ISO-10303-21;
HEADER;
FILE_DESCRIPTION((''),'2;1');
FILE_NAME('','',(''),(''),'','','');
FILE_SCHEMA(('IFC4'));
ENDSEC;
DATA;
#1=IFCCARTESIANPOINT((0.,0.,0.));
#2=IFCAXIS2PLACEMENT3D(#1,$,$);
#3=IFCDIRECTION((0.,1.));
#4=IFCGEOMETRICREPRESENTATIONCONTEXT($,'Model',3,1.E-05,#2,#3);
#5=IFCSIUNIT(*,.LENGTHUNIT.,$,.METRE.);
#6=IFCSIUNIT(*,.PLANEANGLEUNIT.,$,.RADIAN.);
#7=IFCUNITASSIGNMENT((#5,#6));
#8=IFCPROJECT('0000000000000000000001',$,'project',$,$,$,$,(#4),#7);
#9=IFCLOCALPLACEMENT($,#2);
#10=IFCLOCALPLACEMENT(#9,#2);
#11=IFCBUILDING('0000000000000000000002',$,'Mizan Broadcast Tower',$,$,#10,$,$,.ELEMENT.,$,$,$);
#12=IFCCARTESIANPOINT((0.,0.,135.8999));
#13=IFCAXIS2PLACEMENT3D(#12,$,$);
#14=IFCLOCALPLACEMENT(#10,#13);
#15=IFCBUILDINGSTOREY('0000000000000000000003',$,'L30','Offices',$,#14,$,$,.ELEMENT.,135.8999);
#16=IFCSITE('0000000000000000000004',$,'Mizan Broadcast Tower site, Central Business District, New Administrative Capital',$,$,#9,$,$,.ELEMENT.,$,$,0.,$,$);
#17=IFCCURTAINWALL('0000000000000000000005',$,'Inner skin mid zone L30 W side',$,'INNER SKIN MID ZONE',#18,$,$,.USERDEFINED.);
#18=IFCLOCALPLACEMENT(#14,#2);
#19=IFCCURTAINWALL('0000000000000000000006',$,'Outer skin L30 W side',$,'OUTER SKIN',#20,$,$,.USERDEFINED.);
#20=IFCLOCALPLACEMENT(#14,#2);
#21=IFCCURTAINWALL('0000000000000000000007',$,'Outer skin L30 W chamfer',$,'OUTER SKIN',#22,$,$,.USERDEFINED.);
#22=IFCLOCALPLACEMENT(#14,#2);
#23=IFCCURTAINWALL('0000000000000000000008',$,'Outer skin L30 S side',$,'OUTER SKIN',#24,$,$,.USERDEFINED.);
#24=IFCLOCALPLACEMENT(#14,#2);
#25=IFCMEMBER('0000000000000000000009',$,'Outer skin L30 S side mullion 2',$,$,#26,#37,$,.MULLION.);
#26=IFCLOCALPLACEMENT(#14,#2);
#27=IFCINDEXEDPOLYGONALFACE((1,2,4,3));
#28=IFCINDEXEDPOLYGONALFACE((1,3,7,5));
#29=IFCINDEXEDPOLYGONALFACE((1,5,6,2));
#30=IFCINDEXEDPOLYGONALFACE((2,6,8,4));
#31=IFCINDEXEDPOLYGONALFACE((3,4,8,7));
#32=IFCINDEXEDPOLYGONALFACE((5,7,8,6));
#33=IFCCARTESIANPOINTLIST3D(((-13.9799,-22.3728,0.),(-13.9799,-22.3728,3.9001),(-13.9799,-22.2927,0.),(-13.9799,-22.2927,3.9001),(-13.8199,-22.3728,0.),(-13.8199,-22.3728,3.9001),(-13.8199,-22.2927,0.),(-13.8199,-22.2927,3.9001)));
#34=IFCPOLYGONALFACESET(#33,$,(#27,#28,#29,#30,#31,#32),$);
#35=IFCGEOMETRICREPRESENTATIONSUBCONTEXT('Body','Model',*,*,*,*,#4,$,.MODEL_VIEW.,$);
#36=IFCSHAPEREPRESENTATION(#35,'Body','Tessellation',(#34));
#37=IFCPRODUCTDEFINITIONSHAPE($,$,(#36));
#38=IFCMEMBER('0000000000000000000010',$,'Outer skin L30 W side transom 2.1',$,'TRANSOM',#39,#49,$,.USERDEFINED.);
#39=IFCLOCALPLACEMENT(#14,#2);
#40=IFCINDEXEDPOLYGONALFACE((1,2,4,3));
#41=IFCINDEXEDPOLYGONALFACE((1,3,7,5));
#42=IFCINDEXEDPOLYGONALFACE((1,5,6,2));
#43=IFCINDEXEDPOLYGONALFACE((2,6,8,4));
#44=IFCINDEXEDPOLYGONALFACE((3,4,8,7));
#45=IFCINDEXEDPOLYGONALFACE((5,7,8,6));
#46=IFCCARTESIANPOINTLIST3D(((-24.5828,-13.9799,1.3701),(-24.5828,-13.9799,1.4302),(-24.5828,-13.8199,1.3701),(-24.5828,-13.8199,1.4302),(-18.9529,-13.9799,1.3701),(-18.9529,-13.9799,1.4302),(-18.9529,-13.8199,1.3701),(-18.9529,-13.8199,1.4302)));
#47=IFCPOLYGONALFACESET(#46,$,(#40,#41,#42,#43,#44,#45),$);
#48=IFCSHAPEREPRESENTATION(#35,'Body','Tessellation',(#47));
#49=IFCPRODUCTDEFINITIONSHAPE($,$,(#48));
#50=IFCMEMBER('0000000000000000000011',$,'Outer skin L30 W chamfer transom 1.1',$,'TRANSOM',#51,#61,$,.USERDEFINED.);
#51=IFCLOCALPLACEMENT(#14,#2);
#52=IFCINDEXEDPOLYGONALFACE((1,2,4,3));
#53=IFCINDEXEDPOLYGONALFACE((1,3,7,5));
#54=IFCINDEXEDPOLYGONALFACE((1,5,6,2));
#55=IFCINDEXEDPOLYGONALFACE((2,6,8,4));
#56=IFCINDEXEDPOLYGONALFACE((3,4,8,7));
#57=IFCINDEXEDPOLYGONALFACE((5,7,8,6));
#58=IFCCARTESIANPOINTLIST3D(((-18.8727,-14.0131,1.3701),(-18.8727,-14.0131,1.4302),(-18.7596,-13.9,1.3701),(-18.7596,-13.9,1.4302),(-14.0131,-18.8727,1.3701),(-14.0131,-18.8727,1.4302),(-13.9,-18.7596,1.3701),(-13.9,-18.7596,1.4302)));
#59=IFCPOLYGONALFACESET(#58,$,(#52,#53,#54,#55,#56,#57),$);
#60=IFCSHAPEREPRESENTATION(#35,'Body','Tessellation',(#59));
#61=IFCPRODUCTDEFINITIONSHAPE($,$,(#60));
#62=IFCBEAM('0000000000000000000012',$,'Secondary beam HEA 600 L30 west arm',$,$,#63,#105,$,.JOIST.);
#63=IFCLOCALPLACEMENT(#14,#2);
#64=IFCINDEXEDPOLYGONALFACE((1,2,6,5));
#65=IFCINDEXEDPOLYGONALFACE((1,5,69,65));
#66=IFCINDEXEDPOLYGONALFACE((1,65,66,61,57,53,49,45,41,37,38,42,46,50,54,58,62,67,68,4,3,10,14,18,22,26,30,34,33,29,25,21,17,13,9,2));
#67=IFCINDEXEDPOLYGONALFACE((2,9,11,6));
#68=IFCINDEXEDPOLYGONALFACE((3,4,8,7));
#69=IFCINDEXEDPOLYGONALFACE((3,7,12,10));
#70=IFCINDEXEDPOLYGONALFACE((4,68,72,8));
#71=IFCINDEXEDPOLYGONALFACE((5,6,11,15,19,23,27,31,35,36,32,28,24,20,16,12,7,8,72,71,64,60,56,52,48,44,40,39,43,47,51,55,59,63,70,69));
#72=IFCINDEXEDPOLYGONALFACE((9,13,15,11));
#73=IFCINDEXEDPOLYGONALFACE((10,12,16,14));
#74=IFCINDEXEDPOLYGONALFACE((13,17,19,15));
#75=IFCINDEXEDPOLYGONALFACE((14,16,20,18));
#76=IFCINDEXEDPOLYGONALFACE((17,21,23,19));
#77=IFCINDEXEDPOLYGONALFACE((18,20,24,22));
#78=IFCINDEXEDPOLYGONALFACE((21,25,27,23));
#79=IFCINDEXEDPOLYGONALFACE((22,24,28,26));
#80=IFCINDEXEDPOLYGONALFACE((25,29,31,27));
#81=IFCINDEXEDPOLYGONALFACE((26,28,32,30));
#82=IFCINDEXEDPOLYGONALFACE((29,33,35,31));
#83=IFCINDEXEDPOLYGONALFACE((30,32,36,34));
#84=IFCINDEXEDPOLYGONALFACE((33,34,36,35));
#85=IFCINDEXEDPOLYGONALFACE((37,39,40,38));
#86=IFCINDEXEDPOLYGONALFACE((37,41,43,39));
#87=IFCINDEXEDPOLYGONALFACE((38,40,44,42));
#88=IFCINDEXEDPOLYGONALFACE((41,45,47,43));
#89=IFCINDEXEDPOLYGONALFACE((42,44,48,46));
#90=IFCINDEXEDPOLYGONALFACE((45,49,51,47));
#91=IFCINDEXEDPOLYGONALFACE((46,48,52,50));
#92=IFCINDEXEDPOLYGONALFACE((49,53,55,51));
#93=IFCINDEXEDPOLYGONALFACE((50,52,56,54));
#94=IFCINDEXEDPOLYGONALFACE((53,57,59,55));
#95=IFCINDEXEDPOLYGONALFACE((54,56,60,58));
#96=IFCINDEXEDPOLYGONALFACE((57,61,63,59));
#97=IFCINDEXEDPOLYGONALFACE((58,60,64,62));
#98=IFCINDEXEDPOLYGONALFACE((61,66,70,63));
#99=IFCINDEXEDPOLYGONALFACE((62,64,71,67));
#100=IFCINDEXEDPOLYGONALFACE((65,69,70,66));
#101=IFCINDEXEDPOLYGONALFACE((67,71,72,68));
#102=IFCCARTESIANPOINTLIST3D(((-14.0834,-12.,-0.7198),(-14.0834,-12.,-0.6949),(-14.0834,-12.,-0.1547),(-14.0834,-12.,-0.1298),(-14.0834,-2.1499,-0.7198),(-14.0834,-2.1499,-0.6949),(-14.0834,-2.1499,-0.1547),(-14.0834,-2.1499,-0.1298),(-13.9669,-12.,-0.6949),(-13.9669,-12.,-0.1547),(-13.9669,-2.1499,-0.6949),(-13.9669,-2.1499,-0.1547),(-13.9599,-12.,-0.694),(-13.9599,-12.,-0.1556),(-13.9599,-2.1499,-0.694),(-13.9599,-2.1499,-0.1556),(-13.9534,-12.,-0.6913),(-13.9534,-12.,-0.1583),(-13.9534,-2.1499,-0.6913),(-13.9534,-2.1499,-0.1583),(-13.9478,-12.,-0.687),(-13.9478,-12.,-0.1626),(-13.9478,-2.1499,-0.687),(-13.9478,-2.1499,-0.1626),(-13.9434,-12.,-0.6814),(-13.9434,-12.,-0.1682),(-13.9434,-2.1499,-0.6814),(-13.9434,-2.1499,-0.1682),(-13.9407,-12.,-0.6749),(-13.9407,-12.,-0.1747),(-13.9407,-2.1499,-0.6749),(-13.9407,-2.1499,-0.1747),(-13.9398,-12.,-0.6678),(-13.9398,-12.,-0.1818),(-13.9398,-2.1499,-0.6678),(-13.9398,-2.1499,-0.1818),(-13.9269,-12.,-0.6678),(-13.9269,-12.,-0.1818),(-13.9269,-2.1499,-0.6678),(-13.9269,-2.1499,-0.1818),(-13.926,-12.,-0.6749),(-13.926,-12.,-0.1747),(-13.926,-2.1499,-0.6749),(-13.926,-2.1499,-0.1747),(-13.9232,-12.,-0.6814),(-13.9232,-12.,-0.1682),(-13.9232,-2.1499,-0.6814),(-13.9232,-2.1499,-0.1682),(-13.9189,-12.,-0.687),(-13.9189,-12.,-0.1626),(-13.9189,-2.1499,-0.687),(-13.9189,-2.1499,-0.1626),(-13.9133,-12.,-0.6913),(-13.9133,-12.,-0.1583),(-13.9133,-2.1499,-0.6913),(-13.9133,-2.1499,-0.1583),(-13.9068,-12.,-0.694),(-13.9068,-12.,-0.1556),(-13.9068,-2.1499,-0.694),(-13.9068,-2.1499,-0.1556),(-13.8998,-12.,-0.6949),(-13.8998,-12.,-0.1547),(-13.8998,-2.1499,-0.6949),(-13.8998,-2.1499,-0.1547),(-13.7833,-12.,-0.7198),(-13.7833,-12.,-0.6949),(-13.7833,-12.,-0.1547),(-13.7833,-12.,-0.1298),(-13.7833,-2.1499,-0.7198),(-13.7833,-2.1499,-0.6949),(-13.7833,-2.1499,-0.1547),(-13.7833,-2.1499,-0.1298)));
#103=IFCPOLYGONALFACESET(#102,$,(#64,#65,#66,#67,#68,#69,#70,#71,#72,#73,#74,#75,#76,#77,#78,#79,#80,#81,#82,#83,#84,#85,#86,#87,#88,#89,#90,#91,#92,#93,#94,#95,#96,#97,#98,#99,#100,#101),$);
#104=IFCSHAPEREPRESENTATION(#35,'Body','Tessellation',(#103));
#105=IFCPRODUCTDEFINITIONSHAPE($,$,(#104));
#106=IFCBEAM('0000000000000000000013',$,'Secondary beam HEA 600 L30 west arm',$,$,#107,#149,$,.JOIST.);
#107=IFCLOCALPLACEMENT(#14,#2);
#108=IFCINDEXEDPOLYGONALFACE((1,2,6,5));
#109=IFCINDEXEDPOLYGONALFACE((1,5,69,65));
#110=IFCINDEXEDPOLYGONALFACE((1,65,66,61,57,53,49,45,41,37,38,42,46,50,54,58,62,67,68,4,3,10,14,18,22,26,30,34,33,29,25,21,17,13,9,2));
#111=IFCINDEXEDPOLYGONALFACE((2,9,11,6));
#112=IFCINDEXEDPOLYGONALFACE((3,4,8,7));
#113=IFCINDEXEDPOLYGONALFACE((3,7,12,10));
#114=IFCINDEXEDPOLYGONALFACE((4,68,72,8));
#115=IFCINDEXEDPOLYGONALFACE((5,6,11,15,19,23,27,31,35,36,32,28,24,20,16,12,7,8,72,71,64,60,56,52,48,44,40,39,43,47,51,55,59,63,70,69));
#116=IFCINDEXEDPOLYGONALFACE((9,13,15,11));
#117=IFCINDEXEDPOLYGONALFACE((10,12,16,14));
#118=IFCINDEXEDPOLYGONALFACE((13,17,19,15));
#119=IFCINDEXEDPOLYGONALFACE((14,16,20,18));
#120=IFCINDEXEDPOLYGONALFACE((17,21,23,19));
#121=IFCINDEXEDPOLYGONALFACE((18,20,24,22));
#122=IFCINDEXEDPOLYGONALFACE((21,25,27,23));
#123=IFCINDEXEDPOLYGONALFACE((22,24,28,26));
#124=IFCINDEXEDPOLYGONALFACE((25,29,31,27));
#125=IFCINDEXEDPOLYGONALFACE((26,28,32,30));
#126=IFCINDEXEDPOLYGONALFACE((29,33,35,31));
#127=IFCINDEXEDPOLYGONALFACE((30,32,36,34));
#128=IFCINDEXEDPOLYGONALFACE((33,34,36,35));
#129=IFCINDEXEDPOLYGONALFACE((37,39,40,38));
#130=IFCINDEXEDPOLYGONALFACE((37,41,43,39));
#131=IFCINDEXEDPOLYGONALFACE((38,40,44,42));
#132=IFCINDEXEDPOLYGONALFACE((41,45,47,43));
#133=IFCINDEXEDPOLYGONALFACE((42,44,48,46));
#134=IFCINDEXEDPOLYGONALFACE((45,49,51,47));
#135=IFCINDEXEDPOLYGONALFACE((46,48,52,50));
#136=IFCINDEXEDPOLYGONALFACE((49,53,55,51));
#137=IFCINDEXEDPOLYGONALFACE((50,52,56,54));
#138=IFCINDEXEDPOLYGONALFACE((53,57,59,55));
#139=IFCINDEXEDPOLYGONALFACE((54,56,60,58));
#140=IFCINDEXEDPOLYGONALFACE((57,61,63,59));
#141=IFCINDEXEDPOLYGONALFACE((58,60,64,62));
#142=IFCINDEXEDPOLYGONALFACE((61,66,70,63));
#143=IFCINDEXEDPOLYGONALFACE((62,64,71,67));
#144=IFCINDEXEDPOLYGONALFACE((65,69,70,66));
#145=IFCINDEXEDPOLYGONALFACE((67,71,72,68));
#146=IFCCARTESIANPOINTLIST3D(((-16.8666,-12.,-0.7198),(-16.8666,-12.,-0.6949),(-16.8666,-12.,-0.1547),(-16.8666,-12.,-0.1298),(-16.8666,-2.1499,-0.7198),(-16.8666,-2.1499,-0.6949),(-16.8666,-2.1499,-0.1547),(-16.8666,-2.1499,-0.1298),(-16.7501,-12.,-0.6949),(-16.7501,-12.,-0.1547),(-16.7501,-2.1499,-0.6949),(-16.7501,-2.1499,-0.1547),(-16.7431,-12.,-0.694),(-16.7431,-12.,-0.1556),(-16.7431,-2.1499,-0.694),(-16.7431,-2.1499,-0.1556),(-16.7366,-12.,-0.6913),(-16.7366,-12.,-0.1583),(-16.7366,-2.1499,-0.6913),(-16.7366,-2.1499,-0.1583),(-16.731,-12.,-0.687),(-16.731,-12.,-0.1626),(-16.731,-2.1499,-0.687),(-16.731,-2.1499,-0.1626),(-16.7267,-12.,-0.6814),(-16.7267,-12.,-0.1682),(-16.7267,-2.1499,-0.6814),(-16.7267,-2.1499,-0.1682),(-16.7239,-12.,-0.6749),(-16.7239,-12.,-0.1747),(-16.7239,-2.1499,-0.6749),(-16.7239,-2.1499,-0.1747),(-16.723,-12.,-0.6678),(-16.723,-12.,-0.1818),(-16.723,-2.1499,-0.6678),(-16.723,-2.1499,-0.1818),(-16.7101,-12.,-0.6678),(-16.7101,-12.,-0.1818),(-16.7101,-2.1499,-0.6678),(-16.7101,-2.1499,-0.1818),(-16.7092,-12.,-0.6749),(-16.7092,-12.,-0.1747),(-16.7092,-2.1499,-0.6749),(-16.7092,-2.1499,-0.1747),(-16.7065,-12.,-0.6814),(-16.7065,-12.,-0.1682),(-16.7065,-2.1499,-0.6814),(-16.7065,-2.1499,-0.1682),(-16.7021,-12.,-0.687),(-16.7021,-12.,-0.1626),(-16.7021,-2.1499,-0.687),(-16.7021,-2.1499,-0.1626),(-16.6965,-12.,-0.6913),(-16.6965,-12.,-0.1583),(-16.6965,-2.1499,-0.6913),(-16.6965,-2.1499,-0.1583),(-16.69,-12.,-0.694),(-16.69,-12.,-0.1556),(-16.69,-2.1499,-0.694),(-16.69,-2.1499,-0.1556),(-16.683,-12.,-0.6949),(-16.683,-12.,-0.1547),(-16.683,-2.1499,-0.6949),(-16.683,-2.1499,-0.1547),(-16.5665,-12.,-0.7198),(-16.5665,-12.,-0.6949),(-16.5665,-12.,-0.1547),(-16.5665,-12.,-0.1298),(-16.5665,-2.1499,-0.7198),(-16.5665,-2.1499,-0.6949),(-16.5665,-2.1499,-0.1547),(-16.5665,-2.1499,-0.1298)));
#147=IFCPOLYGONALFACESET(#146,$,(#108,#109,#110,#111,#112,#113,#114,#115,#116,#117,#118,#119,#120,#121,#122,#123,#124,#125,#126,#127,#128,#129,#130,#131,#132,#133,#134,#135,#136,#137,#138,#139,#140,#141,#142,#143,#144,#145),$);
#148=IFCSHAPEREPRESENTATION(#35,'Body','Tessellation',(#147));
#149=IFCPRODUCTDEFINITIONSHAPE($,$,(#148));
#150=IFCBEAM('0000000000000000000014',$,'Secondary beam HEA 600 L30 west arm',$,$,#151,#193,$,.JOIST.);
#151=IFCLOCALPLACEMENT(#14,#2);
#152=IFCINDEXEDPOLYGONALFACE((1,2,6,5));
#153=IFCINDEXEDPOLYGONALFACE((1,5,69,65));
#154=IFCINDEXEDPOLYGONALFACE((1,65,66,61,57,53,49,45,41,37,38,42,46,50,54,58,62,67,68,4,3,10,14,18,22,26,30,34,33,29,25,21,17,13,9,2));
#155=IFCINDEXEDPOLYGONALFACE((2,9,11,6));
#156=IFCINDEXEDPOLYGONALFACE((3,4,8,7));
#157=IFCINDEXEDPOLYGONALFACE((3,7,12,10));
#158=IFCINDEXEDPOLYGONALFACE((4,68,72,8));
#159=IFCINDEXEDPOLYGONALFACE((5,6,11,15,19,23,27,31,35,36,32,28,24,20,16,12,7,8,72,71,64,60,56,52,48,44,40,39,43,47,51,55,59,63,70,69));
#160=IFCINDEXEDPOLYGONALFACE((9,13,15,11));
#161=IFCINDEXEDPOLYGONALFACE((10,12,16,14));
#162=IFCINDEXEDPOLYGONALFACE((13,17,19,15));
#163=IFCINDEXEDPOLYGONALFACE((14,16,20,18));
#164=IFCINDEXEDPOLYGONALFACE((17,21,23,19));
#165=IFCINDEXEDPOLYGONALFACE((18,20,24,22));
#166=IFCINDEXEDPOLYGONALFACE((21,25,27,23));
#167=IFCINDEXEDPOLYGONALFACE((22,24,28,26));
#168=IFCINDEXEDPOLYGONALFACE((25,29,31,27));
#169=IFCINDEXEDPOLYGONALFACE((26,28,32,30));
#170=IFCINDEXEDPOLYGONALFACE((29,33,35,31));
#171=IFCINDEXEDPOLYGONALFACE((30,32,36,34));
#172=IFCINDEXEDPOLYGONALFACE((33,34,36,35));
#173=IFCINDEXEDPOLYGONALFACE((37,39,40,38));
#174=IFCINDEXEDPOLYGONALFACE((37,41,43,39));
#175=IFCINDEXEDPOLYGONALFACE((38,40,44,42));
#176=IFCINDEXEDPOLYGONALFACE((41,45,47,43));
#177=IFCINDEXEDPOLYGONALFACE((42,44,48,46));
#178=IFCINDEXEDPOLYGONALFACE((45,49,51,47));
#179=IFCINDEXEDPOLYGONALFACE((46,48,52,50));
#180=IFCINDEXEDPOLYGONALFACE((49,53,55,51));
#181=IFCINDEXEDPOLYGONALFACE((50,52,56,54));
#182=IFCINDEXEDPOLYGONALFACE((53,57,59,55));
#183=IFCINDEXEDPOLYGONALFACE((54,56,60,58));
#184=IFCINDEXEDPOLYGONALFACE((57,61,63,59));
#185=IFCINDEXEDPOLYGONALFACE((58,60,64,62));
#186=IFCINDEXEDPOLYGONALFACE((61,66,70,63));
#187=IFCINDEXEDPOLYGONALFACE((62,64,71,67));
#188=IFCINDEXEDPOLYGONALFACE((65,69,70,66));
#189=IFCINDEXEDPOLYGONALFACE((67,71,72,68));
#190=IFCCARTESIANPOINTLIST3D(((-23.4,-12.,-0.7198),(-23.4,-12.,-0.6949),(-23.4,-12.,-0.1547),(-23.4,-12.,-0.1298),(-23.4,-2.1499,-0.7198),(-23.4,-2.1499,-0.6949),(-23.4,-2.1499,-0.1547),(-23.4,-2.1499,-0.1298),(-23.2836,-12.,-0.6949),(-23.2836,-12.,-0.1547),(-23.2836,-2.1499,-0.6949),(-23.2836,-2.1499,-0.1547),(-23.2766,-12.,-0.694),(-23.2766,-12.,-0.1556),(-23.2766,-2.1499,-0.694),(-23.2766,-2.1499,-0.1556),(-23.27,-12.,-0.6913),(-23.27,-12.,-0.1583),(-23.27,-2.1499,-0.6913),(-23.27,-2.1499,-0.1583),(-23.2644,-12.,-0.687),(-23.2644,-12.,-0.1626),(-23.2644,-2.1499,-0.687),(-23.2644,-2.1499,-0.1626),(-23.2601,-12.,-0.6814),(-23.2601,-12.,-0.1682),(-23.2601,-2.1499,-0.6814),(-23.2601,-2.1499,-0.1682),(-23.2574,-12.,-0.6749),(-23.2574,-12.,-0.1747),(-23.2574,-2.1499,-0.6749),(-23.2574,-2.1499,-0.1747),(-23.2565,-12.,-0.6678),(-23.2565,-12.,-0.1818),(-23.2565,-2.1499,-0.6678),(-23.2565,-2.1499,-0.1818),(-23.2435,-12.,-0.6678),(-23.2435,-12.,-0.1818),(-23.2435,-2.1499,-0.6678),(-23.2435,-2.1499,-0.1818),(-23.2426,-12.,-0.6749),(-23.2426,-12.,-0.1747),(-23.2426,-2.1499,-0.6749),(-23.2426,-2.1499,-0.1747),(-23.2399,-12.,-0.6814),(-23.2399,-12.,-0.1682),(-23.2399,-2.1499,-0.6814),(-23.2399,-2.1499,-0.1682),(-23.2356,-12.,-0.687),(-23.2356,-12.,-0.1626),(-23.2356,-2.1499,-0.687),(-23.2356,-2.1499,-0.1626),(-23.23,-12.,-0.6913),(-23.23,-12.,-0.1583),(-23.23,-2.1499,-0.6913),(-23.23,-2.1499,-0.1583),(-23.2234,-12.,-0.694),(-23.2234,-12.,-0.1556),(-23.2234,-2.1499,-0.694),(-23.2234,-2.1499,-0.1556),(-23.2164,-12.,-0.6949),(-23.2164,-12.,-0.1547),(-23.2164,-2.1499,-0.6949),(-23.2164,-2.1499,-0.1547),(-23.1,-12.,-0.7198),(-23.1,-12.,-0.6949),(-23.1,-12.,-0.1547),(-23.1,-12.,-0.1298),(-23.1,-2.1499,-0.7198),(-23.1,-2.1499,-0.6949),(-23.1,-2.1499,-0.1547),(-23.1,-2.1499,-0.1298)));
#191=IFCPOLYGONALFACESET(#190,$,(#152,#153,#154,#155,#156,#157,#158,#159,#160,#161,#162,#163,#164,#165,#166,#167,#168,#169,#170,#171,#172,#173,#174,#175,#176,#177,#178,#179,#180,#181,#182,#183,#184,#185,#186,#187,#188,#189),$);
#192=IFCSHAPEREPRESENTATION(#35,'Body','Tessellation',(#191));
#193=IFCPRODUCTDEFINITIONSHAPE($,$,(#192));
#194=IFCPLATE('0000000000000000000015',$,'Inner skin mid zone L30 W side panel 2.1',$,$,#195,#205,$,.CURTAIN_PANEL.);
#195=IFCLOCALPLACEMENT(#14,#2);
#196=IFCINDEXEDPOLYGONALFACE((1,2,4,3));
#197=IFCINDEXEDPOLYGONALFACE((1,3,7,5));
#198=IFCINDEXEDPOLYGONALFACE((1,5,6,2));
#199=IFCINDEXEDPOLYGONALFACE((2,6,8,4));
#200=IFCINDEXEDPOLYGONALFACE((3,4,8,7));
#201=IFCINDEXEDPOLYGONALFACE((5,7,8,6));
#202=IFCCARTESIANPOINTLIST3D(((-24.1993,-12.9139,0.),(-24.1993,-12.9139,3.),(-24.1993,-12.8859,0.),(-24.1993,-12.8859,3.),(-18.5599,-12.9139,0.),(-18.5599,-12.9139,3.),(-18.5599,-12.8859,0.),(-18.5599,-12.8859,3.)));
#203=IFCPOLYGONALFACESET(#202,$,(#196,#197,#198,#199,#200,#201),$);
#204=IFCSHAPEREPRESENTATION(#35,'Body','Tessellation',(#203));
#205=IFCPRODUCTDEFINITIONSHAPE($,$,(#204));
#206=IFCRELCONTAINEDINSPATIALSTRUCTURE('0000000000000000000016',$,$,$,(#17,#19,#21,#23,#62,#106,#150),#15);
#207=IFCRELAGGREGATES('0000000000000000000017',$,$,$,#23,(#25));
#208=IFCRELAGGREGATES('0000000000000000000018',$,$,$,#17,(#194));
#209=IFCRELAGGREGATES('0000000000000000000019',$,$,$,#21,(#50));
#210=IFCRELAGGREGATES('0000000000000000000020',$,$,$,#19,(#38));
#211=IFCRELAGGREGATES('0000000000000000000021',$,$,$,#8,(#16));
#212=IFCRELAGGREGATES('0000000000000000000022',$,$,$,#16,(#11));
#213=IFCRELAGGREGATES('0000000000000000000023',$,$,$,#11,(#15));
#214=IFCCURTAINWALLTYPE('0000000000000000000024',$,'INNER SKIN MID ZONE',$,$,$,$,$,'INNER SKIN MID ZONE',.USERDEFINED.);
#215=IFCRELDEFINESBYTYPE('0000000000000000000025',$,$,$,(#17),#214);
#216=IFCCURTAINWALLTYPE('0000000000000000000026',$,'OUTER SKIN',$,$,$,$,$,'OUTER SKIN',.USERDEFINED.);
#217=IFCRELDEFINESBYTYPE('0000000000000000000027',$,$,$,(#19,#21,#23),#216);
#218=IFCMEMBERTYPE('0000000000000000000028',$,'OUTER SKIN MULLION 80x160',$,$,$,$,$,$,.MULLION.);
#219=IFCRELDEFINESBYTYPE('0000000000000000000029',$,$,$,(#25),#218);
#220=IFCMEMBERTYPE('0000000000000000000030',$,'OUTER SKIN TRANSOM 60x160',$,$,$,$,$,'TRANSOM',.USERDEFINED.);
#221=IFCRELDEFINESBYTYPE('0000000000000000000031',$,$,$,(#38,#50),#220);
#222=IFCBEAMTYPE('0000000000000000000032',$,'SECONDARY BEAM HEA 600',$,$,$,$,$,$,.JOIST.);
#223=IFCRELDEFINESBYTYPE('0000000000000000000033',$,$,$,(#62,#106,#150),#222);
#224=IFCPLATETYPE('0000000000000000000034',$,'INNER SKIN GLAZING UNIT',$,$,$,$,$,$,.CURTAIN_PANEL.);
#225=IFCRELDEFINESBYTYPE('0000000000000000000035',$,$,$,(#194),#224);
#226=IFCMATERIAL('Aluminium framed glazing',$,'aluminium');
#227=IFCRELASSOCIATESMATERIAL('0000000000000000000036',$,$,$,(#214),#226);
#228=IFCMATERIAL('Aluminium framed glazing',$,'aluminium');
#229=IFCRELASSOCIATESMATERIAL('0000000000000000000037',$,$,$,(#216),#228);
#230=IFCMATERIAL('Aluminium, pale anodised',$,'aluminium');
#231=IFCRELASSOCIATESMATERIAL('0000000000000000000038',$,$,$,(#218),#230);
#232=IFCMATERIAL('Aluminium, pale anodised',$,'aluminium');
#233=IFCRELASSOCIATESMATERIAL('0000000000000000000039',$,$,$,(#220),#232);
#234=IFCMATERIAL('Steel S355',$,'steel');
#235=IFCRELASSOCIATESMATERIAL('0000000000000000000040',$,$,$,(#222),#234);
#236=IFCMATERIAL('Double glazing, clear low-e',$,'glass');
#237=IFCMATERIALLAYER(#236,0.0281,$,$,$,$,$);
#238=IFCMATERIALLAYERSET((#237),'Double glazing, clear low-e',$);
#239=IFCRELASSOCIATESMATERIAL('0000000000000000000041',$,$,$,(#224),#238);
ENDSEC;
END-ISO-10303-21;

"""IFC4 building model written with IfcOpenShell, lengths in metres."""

from ifc_helpers import new_model, si_unit, direction, frame, origin, origin_2d, place, context, subcontext, project, spatial, rectangle, i_section, extrude, material, layer, layer_set, material_profile, profile_set, type_object, element, aggregate, save


model = new_model("IFC4")

# Units and contexts
model_context = context("Model", 3, precision=1e-05, world=origin(), true_north=direction((0.0, 1.0)))
body_context = subcontext(model_context, "Body", "Model", "MODEL_VIEW")
ifc_project = project(units=[si_unit("LENGTHUNIT", "METRE"), si_unit("PLANEANGLEUNIT", "RADIAN")], contexts=[model_context])

# Site, building, storey
site_placement = place(None, origin())
site = spatial("IfcSite", under=ifc_project, at=site_placement, Name="Mizan Broadcast Tower site, Central Business District, New Administrative Capital", CompositionType="ELEMENT", RefElevation=0.0)
building_placement = place(site_placement, origin())
building = spatial("IfcBuilding", under=site, at=building_placement, Name="Mizan Broadcast Tower", CompositionType="ELEMENT")
storey_placement = place(building_placement, frame((0.0, 0.0, 135.8999)))
storey = spatial("IfcBuildingStorey", under=building, at=storey_placement, Name="L30", Description="Offices", CompositionType="ELEMENT", Elevation=135.8999)

# Curtain walls
ifc_material_1 = material(Name="Aluminium framed glazing", Category="aluminium")
curtain_wall_type_1 = type_object("IfcCurtainWallType", Name="INNER SKIN MID ZONE", ElementType="INNER SKIN MID ZONE", PredefinedType="USERDEFINED", material=ifc_material_1)
curtain_wall_1_placement = place(storey_placement, origin())
curtain_wall_1 = element("IfcCurtainWall", 1, at=curtain_wall_1_placement, inside=storey, type_object=curtain_wall_type_1, Name="Inner skin mid zone L30 W side", ObjectType="INNER SKIN MID ZONE", PredefinedType="USERDEFINED")
ifc_material_2 = material(Name="Aluminium framed glazing", Category="aluminium")
curtain_wall_type_2 = type_object("IfcCurtainWallType", Name="OUTER SKIN", ElementType="OUTER SKIN", PredefinedType="USERDEFINED", material=ifc_material_2)
curtain_wall_2_placement = place(storey_placement, origin())
curtain_wall_2 = element("IfcCurtainWall", 2, at=curtain_wall_2_placement, inside=storey, type_object=curtain_wall_type_2, Name="Outer skin L30 W side", ObjectType="OUTER SKIN", PredefinedType="USERDEFINED")
ifc_material_3 = material(Name="Aluminium, pale anodised", Category="aluminium")
ifc_material_profile_1 = material_profile(ifc_material_3, rectangle(XDim=0.1599, YDim=0.0801, at=origin_2d()), Name="MULLION 160x80")
ifc_profile_set_1 = profile_set([ifc_material_profile_1], Name="Aluminium, pale anodised")
member_type_1 = type_object("IfcMemberType", Name="OUTER SKIN MULLION 80x160", PredefinedType="MULLION", material=ifc_profile_set_1)

# Curtain walls, member
curtain_wall_3_placement = place(storey_placement, origin())
curtain_wall_3 = element("IfcCurtainWall", 3, at=curtain_wall_3_placement, inside=storey, type_object=curtain_wall_type_2, Name="Outer skin L30 W chamfer", ObjectType="OUTER SKIN", PredefinedType="USERDEFINED")
curtain_wall_4_placement = place(storey_placement, origin())
curtain_wall_4 = element("IfcCurtainWall", 4, at=curtain_wall_4_placement, inside=storey, type_object=curtain_wall_type_2, Name="Outer skin L30 S side", ObjectType="OUTER SKIN", PredefinedType="USERDEFINED")
member_1_placement = place(storey_placement, frame((-13.8999, -22.3328, 0.0), z_axis=(0.0, 0.0, 1.0), x_axis=(1.0, 0.0, 0.0)))
member_1 = element("IfcMember", 5, at=member_1_placement, type_object=member_type_1, Name="Outer skin L30 S side mullion 2", PredefinedType="MULLION", context=body_context, shape_type="SweptSolid", body=[
    extrude(rectangle(XDim=0.1599, YDim=0.0801, at=origin_2d()), origin(), (0.0, 0.0, 1.0), 3.9001),
])
aggregate(curtain_wall_4, [member_1])

# Members
ifc_material_4 = material(Name="Aluminium, pale anodised", Category="aluminium")
ifc_material_profile_2 = material_profile(ifc_material_4, rectangle(XDim=0.1599, YDim=0.0601, at=origin_2d()), Name="TRANSOM 160x60")
ifc_profile_set_2 = profile_set([ifc_material_profile_2], Name="Aluminium, pale anodised")
member_type_2 = type_object("IfcMemberType", Name="OUTER SKIN TRANSOM 60x160", ElementType="TRANSOM", PredefinedType="USERDEFINED", material=ifc_profile_set_2)
member_2_placement = place(storey_placement, frame((-24.5828, -13.8999, 1.4001), z_axis=(1.0, 0.0, 0.0), x_axis=(0.0, 1.0, 0.0)))
member_2 = element("IfcMember", 6, at=member_2_placement, type_object=member_type_2, Name="Outer skin L30 W side transom 2.1", ObjectType="TRANSOM", PredefinedType="USERDEFINED", context=body_context, shape_type="SweptSolid", body=[
    extrude(rectangle(XDim=0.1599, YDim=0.0601, at=origin_2d()), origin(), (0.0, 0.0, 1.0), 5.6299),
])
member_3_placement = place(storey_placement, frame((-18.8162, -13.9565, 1.4001), z_axis=(0.707107, -0.707107, 0.0), x_axis=(0.707107, 0.707107, 0.0)))
member_3 = element("IfcMember", 7, at=member_3_placement, type_object=member_type_2, Name="Outer skin L30 W chamfer transom 1.1", ObjectType="TRANSOM", PredefinedType="USERDEFINED", context=body_context, shape_type="SweptSolid", body=[
    extrude(rectangle(XDim=0.1599, YDim=0.0601, at=origin_2d()), origin(), (0.0, 0.0, 1.0), 6.8726),
])

# Beams
ifc_material_5 = material(Name="Steel S355", Category="steel")
ifc_material_profile_3 = material_profile(ifc_material_5, i_section(OverallWidth=0.3, OverallDepth=0.5901, WebThickness=0.0129, FlangeThickness=0.0249, FilletRadius=0.0271, at=origin_2d()), Name="HEA 600")
ifc_profile_set_3 = profile_set([ifc_material_profile_3], Name="Steel S355")
beam_type_1 = type_object("IfcBeamType", Name="SECONDARY BEAM HEA 600", PredefinedType="JOIST", material=ifc_profile_set_3)
for number, where, z_axis, x_axis, name in (
    (8, (-13.9333, -12.0, -0.4248), (0.0, 1.0, 0.0), (-1.0, 0.0, 0.0), "Secondary beam HEA 600 L30 west arm"),
    (9, (-16.7166, -12.0, -0.4248), (0.0, 1.0, 0.0), (-1.0, 0.0, 0.0), "Secondary beam HEA 600 L30 west arm"),
    (10, (-23.25, -12.0, -0.4248), (0.0, 1.0, 0.0), (-1.0, 0.0, 0.0), "Secondary beam HEA 600 L30 west arm"),
):
    element("IfcBeam", number, at=place(storey_placement, frame(where, z_axis=z_axis, x_axis=x_axis)), inside=storey, type_object=beam_type_1, Name=name, PredefinedType="JOIST", context=body_context, shape_type="SweptSolid", body=[
        extrude(i_section(OverallWidth=0.3, OverallDepth=0.5901, WebThickness=0.0129, FlangeThickness=0.0249, FilletRadius=0.0271, at=origin_2d()), origin(), (0.0, 0.0, 1.0), 9.8501),
    ])

# Plate
ifc_material_6 = material(Name="Double glazing, clear low-e", Category="glass")
ifc_layer_1 = layer(ifc_material_6, 0.0281)
ifc_layer_set_1 = layer_set([ifc_layer_1], Name="Double glazing, clear low-e")
plate_type_1 = type_object("IfcPlateType", Name="INNER SKIN GLAZING UNIT", PredefinedType="CURTAIN_PANEL", material=ifc_layer_set_1)
plate_1_placement = place(storey_placement, frame((-21.3796, -12.8999, 0.0), z_axis=(0.0, 0.0, 1.0), x_axis=(1.0, 0.0, 0.0)))
plate_1 = element("IfcPlate", 11, at=plate_1_placement, type_object=plate_type_1, Name="Inner skin mid zone L30 W side panel 2.1", PredefinedType="CURTAIN_PANEL", context=body_context, shape_type="SweptSolid", body=[
    extrude(rectangle(XDim=5.6394, YDim=0.0281, at=origin_2d()), origin(), (0.0, 0.0, 1.0), 3.0),
])
aggregate(curtain_wall_1, [plate_1])
aggregate(curtain_wall_3, [member_3])
aggregate(curtain_wall_2, [member_2])

save(model, "model.ifc")
